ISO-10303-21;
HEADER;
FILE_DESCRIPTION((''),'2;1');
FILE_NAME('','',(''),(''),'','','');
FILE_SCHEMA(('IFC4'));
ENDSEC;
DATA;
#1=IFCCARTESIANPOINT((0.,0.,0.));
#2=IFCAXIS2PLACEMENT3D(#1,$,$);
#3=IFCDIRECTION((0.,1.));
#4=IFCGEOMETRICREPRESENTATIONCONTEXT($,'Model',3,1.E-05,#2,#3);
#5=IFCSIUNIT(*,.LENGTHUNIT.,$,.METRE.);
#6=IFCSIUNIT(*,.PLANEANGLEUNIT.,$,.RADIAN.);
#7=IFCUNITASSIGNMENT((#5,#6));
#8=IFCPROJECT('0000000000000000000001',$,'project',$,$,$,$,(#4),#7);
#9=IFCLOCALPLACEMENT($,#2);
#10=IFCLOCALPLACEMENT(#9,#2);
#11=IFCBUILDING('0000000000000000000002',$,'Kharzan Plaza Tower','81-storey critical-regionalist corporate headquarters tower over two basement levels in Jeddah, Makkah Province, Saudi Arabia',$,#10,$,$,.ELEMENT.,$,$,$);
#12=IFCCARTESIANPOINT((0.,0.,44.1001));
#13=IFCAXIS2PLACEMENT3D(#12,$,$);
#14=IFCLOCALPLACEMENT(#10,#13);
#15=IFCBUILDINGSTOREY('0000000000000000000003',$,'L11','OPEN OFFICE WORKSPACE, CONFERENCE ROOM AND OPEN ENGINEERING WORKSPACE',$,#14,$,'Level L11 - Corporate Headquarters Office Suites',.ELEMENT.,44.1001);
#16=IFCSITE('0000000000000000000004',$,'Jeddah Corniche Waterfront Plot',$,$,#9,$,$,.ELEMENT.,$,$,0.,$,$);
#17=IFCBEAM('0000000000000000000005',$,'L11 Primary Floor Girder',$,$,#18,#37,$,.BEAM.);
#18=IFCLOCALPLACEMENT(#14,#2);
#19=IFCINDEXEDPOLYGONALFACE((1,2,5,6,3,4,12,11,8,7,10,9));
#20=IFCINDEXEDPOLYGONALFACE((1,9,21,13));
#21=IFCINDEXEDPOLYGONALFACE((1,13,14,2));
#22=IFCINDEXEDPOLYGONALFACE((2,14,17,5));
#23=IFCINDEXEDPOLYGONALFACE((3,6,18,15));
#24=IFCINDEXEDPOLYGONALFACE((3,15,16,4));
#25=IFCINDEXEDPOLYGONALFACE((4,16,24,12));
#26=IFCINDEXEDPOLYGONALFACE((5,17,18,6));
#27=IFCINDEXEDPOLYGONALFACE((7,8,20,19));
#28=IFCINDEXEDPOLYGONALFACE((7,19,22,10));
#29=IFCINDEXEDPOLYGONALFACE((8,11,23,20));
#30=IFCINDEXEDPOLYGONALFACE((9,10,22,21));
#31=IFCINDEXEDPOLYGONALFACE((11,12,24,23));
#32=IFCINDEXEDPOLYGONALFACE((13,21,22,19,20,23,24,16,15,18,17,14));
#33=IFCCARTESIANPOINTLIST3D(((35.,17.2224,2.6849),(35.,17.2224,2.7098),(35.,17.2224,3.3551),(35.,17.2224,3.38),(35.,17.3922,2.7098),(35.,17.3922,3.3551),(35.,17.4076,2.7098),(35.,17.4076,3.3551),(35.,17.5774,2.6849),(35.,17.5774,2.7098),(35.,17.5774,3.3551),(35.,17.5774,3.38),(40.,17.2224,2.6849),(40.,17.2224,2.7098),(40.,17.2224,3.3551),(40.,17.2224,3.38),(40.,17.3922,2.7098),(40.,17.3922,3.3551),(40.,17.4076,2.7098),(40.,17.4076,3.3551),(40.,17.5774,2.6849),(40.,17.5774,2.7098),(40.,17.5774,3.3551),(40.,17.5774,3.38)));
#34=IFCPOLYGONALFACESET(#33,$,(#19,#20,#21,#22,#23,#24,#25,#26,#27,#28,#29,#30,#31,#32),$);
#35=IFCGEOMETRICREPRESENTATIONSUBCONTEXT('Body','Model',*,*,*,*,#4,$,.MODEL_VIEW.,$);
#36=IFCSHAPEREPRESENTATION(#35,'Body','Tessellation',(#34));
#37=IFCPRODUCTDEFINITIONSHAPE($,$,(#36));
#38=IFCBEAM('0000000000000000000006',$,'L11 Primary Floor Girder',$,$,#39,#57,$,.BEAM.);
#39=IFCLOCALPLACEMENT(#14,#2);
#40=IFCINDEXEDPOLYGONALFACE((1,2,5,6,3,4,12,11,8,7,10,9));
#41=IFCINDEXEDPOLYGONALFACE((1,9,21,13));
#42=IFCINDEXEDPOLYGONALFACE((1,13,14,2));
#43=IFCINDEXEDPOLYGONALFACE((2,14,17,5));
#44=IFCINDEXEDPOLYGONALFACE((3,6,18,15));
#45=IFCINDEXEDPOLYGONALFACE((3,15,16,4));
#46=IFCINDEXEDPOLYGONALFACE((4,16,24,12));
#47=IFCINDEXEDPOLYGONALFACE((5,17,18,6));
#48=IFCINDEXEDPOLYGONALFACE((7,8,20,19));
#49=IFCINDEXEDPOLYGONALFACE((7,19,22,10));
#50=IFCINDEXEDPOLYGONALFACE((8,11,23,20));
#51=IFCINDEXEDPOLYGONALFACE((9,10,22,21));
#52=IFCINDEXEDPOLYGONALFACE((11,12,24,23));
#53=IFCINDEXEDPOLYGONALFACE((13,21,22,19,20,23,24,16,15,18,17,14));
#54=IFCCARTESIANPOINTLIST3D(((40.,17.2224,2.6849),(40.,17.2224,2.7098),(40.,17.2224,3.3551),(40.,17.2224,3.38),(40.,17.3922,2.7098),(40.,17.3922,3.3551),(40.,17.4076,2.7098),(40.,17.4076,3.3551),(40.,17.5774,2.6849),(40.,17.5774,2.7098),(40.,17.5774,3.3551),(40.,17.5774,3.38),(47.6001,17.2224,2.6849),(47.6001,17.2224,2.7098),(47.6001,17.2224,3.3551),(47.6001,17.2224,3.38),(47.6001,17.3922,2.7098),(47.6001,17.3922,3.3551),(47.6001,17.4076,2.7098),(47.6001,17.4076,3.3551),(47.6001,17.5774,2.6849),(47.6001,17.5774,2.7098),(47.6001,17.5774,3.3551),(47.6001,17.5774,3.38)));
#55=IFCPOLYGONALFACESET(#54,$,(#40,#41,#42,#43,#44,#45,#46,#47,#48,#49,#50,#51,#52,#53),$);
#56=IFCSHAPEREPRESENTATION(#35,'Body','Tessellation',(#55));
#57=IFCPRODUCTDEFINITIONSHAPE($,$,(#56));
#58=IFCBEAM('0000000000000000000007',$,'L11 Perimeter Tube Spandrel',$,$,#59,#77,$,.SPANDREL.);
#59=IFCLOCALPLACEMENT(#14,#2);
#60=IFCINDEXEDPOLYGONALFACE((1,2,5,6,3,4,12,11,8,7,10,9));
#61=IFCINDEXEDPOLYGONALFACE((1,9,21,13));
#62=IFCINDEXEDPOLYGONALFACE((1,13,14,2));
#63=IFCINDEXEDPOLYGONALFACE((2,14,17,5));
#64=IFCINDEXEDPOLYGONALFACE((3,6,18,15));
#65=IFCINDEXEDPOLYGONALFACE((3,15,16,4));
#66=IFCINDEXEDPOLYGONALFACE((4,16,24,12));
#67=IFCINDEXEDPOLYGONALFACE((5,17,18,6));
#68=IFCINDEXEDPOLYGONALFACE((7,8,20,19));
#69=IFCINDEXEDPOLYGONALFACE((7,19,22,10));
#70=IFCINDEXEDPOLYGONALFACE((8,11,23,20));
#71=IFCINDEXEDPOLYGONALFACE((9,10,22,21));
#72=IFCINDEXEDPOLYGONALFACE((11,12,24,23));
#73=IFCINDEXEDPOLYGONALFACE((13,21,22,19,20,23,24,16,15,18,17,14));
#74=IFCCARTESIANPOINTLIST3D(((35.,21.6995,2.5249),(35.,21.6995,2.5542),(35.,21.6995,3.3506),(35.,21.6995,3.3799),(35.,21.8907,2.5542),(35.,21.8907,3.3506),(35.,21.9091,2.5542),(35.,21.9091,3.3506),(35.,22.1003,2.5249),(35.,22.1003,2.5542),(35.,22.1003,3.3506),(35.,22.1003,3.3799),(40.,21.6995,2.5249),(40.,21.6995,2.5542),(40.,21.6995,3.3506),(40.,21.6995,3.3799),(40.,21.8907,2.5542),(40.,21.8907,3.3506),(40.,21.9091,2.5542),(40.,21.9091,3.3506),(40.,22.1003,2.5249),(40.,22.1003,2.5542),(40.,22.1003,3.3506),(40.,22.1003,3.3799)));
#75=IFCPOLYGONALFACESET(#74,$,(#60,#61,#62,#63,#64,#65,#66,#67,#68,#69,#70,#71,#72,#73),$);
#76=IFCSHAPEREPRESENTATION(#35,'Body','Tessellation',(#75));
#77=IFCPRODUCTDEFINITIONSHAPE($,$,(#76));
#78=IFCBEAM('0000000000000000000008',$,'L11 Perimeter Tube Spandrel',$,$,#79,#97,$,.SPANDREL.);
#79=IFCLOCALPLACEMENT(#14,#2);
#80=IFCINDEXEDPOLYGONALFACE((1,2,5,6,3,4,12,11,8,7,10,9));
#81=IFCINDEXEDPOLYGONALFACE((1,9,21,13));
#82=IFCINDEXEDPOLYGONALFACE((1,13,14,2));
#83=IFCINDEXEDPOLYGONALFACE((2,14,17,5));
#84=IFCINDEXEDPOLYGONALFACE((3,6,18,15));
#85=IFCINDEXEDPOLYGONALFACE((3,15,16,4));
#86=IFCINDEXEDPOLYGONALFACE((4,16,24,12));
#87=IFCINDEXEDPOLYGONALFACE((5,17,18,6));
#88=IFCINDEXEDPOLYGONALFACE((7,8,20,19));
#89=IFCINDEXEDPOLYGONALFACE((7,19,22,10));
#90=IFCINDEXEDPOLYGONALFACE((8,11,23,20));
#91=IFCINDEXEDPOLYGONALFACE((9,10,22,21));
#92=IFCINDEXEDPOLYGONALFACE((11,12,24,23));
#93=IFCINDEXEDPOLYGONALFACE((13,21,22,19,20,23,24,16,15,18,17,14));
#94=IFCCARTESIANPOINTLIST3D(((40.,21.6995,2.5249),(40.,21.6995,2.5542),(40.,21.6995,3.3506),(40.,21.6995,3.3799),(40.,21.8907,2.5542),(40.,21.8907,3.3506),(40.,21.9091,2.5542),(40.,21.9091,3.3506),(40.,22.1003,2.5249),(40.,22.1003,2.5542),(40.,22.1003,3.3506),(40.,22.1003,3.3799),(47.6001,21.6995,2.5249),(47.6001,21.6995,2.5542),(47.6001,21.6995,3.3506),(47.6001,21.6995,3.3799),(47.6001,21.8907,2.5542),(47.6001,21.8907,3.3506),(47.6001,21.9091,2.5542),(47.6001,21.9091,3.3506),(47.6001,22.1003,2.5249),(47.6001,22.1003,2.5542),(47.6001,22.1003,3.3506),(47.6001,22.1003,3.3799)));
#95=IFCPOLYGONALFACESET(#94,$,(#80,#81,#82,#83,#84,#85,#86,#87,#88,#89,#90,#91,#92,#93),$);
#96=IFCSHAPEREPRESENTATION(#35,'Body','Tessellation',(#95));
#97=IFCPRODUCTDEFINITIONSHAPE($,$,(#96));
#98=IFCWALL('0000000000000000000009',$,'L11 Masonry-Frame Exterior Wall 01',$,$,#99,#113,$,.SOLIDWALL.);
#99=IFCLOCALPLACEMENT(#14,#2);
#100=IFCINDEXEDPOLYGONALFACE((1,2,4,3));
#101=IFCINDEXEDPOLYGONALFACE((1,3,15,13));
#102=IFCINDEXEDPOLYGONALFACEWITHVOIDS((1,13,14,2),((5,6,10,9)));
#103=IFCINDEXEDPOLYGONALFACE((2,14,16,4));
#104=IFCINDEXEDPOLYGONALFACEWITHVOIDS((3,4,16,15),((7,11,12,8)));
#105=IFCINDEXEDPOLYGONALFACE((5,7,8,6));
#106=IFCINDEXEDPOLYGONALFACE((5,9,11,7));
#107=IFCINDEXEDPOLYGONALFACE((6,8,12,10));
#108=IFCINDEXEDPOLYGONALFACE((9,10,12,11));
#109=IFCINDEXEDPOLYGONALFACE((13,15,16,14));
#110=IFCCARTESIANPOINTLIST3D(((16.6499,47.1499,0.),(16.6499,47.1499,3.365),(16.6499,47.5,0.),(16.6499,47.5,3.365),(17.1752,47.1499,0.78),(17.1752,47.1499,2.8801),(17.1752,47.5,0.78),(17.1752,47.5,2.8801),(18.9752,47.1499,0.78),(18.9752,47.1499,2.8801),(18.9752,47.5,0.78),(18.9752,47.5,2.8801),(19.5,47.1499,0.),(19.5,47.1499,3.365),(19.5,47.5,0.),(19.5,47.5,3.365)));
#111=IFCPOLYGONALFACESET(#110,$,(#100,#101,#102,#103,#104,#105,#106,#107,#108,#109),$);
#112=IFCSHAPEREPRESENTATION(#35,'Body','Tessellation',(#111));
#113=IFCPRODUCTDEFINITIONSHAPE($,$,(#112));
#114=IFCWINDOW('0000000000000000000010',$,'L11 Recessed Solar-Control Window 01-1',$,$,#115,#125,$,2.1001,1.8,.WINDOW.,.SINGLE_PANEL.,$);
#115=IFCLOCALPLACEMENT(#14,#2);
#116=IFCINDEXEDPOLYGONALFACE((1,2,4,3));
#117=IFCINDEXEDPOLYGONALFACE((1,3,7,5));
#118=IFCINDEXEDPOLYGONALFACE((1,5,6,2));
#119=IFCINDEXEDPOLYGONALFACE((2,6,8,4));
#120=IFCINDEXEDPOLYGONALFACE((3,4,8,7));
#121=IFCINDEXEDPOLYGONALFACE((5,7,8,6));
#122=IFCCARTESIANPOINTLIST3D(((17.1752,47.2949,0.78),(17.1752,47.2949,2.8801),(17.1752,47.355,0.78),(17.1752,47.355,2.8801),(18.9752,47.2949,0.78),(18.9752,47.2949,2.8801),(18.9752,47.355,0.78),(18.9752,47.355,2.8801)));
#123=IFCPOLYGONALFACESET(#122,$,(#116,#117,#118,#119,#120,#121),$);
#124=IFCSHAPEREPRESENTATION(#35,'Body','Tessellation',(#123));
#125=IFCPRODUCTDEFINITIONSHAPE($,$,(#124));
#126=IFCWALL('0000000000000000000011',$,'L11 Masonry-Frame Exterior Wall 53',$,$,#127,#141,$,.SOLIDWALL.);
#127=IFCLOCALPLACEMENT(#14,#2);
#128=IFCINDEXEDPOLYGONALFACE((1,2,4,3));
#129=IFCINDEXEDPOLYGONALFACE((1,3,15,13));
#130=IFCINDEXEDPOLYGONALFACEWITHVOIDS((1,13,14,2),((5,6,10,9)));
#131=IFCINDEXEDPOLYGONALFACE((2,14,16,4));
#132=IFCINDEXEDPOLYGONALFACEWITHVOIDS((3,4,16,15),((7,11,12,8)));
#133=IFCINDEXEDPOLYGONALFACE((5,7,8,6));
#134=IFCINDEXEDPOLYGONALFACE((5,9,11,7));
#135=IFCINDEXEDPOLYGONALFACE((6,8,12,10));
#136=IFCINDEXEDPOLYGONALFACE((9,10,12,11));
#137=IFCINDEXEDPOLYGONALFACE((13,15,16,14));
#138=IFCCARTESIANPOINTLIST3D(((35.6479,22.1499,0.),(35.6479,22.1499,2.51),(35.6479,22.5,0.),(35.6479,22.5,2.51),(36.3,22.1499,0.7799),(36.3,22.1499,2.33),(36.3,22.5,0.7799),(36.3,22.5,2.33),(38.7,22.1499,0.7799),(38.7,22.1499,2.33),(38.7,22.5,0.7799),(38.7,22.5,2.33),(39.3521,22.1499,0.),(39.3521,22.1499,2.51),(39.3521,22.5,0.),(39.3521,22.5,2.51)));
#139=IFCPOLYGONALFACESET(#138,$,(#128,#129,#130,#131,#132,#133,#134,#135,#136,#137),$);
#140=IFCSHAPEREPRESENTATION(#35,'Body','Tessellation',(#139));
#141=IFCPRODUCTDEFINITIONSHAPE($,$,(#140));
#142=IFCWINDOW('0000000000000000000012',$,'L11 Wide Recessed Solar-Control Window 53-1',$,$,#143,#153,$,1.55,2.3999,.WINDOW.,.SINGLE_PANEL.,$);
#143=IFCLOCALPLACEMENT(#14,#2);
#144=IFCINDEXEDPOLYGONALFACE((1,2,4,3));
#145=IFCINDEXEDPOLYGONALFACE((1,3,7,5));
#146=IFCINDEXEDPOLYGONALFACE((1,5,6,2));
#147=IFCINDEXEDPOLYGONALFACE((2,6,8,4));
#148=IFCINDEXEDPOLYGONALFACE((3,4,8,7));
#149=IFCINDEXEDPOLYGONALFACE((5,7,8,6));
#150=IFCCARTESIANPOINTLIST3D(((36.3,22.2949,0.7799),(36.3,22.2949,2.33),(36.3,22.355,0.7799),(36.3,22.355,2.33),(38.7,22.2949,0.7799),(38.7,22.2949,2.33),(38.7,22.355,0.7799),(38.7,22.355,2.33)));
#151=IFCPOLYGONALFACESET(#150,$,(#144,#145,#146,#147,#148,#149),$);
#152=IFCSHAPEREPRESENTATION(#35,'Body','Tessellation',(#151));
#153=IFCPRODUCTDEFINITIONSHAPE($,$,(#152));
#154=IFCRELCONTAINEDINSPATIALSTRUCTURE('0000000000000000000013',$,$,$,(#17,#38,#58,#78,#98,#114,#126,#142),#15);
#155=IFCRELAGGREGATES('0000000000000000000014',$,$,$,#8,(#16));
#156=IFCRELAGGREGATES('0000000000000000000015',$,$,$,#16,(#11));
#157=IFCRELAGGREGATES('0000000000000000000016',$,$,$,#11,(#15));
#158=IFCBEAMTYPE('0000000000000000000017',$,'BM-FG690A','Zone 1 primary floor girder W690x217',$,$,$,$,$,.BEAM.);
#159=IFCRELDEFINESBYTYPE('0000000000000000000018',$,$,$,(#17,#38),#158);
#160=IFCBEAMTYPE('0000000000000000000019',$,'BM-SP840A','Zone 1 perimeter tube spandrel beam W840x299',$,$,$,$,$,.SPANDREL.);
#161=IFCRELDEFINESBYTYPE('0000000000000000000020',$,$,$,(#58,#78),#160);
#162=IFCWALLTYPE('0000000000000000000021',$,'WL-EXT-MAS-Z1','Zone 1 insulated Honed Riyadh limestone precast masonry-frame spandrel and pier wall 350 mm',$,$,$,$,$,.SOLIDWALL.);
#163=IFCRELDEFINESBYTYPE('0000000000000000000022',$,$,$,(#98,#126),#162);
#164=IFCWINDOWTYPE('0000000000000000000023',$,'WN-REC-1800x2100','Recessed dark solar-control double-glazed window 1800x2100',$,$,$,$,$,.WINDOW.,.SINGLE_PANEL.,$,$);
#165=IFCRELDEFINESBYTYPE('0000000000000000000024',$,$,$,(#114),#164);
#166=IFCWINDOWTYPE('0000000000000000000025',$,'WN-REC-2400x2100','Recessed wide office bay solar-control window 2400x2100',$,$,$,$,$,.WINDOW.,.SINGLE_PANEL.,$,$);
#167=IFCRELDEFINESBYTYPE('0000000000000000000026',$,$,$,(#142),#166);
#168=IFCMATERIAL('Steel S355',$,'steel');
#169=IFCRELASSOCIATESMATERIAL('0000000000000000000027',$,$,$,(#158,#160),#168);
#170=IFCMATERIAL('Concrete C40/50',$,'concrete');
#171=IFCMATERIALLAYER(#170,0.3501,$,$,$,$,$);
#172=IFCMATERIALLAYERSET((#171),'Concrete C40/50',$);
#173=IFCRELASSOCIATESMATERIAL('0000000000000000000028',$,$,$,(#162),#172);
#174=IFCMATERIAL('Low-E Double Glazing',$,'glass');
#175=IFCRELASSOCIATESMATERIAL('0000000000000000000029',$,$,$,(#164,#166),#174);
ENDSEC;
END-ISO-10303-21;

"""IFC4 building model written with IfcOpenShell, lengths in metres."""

from ifc_helpers import new_model, si_unit, direction, frame, frame_2d, origin, origin_2d, place, context, subcontext, project, spatial, rectangle, i_section, extrude, source, transform, mapped, material, layer, layer_set, material_profile, profile_set, type_object, element, fill, save


model = new_model("IFC4")

# Units and contexts
model_context = context("Model", 3, precision=1e-05, world=origin(), true_north=direction((0.0, 1.0)))
body_context = subcontext(model_context, "Body", "Model", "MODEL_VIEW")
ifc_project = project(units=[si_unit("LENGTHUNIT", "METRE"), si_unit("PLANEANGLEUNIT", "RADIAN")], contexts=[model_context])

# Site, building, storey
site_placement = place(None, origin())
site = spatial("IfcSite", under=ifc_project, at=site_placement, Name="Jeddah Corniche Waterfront Plot", CompositionType="ELEMENT", RefElevation=0.0)
building_placement = place(site_placement, origin())
building = spatial("IfcBuilding", under=site, at=building_placement, Name="Kharzan Plaza Tower", Description="81-storey critical-regionalist corporate headquarters tower over two basement levels in Jeddah, Makkah Province, Saudi Arabia", CompositionType="ELEMENT")
storey_placement = place(building_placement, frame((0.0, 0.0, 44.1001)))
storey = spatial("IfcBuildingStorey", under=building, at=storey_placement, Name="L11", Description="OPEN OFFICE WORKSPACE, CONFERENCE ROOM AND OPEN ENGINEERING WORKSPACE", LongName="Level L11 - Corporate Headquarters Office Suites", CompositionType="ELEMENT", Elevation=44.1001)

# Beams
ifc_material_1 = material(Name="Steel S355", Category="steel")
ifc_material_profile_1 = material_profile(ifc_material_1, i_section(OverallWidth=0.355, OverallDepth=0.6951, WebThickness=0.0154, FlangeThickness=0.0249, at=origin_2d()), Name="W690x217")
ifc_profile_set_1 = profile_set([ifc_material_profile_1], Name="Steel S355")
beam_type_1 = type_object("IfcBeamType", Name="BM-FG690A", Description="Zone 1 primary floor girder W690x217", PredefinedType="BEAM", material=ifc_profile_set_1)
shared_shape_1 = source(origin(), body_context, "Body", "SweptSolid", [
    extrude(i_section(OverallWidth=0.355, OverallDepth=0.6951, WebThickness=0.0154, FlangeThickness=0.0249, at=origin_2d()), origin(), (0.0, 0.0, 1.0), 5.0),
])
beam_1_placement = place(storey_placement, frame((35.0, 17.3999, 3.0325), z_axis=(1.0, 0.0, 0.0), x_axis=(0.0, 1.0, 0.0)))
element("IfcBeam", 1, at=beam_1_placement, inside=storey, type_object=beam_type_1, Name="L11 Primary Floor Girder", PredefinedType="BEAM", context=body_context, shape_type="MappedRepresentation", body=[
    mapped(shared_shape_1, transform((0.0, 0.0, 0.0), x_axis=(1.0, 0.0, 0.0), y_axis=(0.0, 1.0, 0.0), z_axis=(0.0, 0.0, 1.0))),
])
shared_shape_2 = source(origin(), body_context, "Body", "SweptSolid", [
    extrude(i_section(OverallWidth=0.355, OverallDepth=0.6951, WebThickness=0.0154, FlangeThickness=0.0249, at=origin_2d()), origin(), (0.0, 0.0, 1.0), 7.6001),
])
beam_2_placement = place(storey_placement, frame((40.0, 17.3999, 3.0325), z_axis=(1.0, 0.0, 0.0), x_axis=(0.0, 1.0, 0.0)))
element("IfcBeam", 2, at=beam_2_placement, inside=storey, type_object=beam_type_1, Name="L11 Primary Floor Girder", PredefinedType="BEAM", context=body_context, shape_type="MappedRepresentation", body=[
    mapped(shared_shape_2, transform((0.0, 0.0, 0.0), x_axis=(1.0, 0.0, 0.0), y_axis=(0.0, 1.0, 0.0), z_axis=(0.0, 0.0, 1.0))),
])
ifc_material_profile_2 = material_profile(ifc_material_1, i_section(OverallWidth=0.4009, OverallDepth=0.855, WebThickness=0.0183, FlangeThickness=0.0293, at=origin_2d()), Name="W840x299")
ifc_profile_set_2 = profile_set([ifc_material_profile_2], Name="Steel S355")
beam_type_2 = type_object("IfcBeamType", Name="BM-SP840A", Description="Zone 1 perimeter tube spandrel beam W840x299", PredefinedType="SPANDREL", material=ifc_profile_set_2)
shared_shape_3 = source(origin(), body_context, "Body", "SweptSolid", [
    extrude(i_section(OverallWidth=0.4009, OverallDepth=0.855, WebThickness=0.0183, FlangeThickness=0.0293, at=origin_2d()), origin(), (0.0, 0.0, 1.0), 5.0),
])
beam_3_placement = place(storey_placement, frame((35.0, 21.8999, 2.9524), z_axis=(1.0, 0.0, 0.0), x_axis=(0.0, 1.0, 0.0)))
element("IfcBeam", 3, at=beam_3_placement, inside=storey, type_object=beam_type_2, Name="L11 Perimeter Tube Spandrel", PredefinedType="SPANDREL", context=body_context, shape_type="MappedRepresentation", body=[
    mapped(shared_shape_3, transform((0.0, 0.0, 0.0), x_axis=(1.0, 0.0, 0.0), y_axis=(0.0, 1.0, 0.0), z_axis=(0.0, 0.0, 1.0))),
])
shared_shape_4 = source(origin(), body_context, "Body", "SweptSolid", [
    extrude(i_section(OverallWidth=0.4009, OverallDepth=0.855, WebThickness=0.0183, FlangeThickness=0.0293, at=origin_2d()), origin(), (0.0, 0.0, 1.0), 7.6001),
])
beam_4_placement = place(storey_placement, frame((40.0, 21.8999, 2.9524), z_axis=(1.0, 0.0, 0.0), x_axis=(0.0, 1.0, 0.0)))
element("IfcBeam", 4, at=beam_4_placement, inside=storey, type_object=beam_type_2, Name="L11 Perimeter Tube Spandrel", PredefinedType="SPANDREL", context=body_context, shape_type="MappedRepresentation", body=[
    mapped(shared_shape_4, transform((0.0, 0.0, 0.0), x_axis=(1.0, 0.0, 0.0), y_axis=(0.0, 1.0, 0.0), z_axis=(0.0, 0.0, 1.0))),
])

# Walls, openings, windows
ifc_material_2 = material(Name="Concrete C40/50", Category="concrete")
ifc_layer_1 = layer(ifc_material_2, 0.3501)
ifc_layer_set_1 = layer_set([ifc_layer_1], Name="Concrete C40/50")
wall_type_1 = type_object("IfcWallType", Name="WL-EXT-MAS-Z1", Description="Zone 1 insulated Honed Riyadh limestone precast masonry-frame spandrel and pier wall 350 mm", PredefinedType="SOLIDWALL", material=ifc_layer_set_1)
wall_1_placement = place(storey_placement, frame((19.5, 47.325, 0.0), z_axis=(0.0, 0.0, 1.0), x_axis=(-1.0, 0.0, 0.0)))
wall_1 = element("IfcWall", 5, at=wall_1_placement, inside=storey, type_object=wall_type_1, Name="L11 Masonry-Frame Exterior Wall 01", PredefinedType="SOLIDWALL", context=body_context, shape_type="SweptSolid", body=[
    extrude(rectangle(XDim=2.8501, YDim=0.3501, at=frame_2d((1.425, 0.0))), origin(), (0.0, 0.0, 1.0), 3.365),
])
opening_1_placement = place(wall_1_placement, frame((0.5249, 0.0, 0.78)))
opening_1 = element("IfcOpeningElement", 6, at=opening_1_placement, cuts=wall_1, PredefinedType="OPENING", context=body_context, shape_type="SweptSolid", body=[
    extrude(rectangle(XDim=1.8, YDim=2.1001, at=frame_2d((0.8999, 1.05))), frame((0.0, 0.1851, 0.0), z_axis=(0.0, -1.0, 0.0), x_axis=(1.0, 0.0, 0.0)), (0.0, 0.0, 1.0), 0.3701),
])
ifc_material_3 = material(Name="Low-E Double Glazing", Category="glass")
window_type_1 = type_object("IfcWindowType", Name="WN-REC-1800x2100", Description="Recessed dark solar-control double-glazed window 1800x2100", PartitioningType="SINGLE_PANEL", PredefinedType="WINDOW", material=ifc_material_3)
shared_shape_5 = source(origin(), body_context, "Body", "SweptSolid", [
    extrude(rectangle(XDim=1.8, YDim=2.1001, at=frame_2d((0.8999, 1.05))), frame((0.0, 0.03, 0.0), z_axis=(0.0, -1.0, 0.0), x_axis=(1.0, 0.0, 0.0)), (0.0, 0.0, 1.0), 0.0601),
])
window_1_placement = place(opening_1_placement, origin())
window_1 = element("IfcWindow", 7, at=window_1_placement, inside=storey, type_object=window_type_1, Name="L11 Recessed Solar-Control Window 01-1", OverallHeight=2.1001, OverallWidth=1.8, PartitioningType="SINGLE_PANEL", PredefinedType="WINDOW", context=body_context, shape_type="MappedRepresentation", body=[
    mapped(shared_shape_5, transform((0.0, 0.0, 0.0), x_axis=(1.0, 0.0, 0.0), y_axis=(0.0, 1.0, 0.0), z_axis=(0.0, 0.0, 1.0))),
])
fill(opening_1, window_1)
wall_2_placement = place(storey_placement, frame((39.3521, 22.325, 0.0), z_axis=(0.0, 0.0, 1.0), x_axis=(-1.0, 0.0, 0.0)))
wall_2 = element("IfcWall", 8, at=wall_2_placement, inside=storey, type_object=wall_type_1, Name="L11 Masonry-Frame Exterior Wall 53", PredefinedType="SOLIDWALL", context=body_context, shape_type="SweptSolid", body=[
    extrude(rectangle(XDim=3.7041, YDim=0.3501, at=frame_2d((1.8521, 0.0))), origin(), (0.0, 0.0, 1.0), 2.51),
])
opening_2_placement = place(wall_2_placement, frame((0.6521, 0.0, 0.78)))
opening_2 = element("IfcOpeningElement", 9, at=opening_2_placement, cuts=wall_2, PredefinedType="OPENING", context=body_context, shape_type="SweptSolid", body=[
    extrude(rectangle(XDim=2.3999, YDim=1.55, at=frame_2d((1.2, 0.7749))), frame((0.0, 0.1851, 0.0), z_axis=(0.0, -1.0, 0.0), x_axis=(1.0, 0.0, 0.0)), (0.0, 0.0, 1.0), 0.3701),
])
window_type_2 = type_object("IfcWindowType", Name="WN-REC-2400x2100", Description="Recessed wide office bay solar-control window 2400x2100", PartitioningType="SINGLE_PANEL", PredefinedType="WINDOW", material=ifc_material_3)
shared_shape_6 = source(origin(), body_context, "Body", "SweptSolid", [
    extrude(rectangle(XDim=2.3999, YDim=1.55, at=frame_2d((1.2, 0.7749))), frame((0.0, 0.03, 0.0), z_axis=(0.0, -1.0, 0.0), x_axis=(1.0, 0.0, 0.0)), (0.0, 0.0, 1.0), 0.0601),
])
window_2_placement = place(opening_2_placement, origin())
window_2 = element("IfcWindow", 10, at=window_2_placement, inside=storey, type_object=window_type_2, Name="L11 Wide Recessed Solar-Control Window 53-1", OverallHeight=1.55, OverallWidth=2.3999, PartitioningType="SINGLE_PANEL", PredefinedType="WINDOW", context=body_context, shape_type="MappedRepresentation", body=[
    mapped(shared_shape_6, transform((0.0, 0.0, 0.0), x_axis=(1.0, 0.0, 0.0), y_axis=(0.0, 1.0, 0.0), z_axis=(0.0, 0.0, 1.0))),
])
fill(opening_2, window_2)

save(model, "model.ifc")
